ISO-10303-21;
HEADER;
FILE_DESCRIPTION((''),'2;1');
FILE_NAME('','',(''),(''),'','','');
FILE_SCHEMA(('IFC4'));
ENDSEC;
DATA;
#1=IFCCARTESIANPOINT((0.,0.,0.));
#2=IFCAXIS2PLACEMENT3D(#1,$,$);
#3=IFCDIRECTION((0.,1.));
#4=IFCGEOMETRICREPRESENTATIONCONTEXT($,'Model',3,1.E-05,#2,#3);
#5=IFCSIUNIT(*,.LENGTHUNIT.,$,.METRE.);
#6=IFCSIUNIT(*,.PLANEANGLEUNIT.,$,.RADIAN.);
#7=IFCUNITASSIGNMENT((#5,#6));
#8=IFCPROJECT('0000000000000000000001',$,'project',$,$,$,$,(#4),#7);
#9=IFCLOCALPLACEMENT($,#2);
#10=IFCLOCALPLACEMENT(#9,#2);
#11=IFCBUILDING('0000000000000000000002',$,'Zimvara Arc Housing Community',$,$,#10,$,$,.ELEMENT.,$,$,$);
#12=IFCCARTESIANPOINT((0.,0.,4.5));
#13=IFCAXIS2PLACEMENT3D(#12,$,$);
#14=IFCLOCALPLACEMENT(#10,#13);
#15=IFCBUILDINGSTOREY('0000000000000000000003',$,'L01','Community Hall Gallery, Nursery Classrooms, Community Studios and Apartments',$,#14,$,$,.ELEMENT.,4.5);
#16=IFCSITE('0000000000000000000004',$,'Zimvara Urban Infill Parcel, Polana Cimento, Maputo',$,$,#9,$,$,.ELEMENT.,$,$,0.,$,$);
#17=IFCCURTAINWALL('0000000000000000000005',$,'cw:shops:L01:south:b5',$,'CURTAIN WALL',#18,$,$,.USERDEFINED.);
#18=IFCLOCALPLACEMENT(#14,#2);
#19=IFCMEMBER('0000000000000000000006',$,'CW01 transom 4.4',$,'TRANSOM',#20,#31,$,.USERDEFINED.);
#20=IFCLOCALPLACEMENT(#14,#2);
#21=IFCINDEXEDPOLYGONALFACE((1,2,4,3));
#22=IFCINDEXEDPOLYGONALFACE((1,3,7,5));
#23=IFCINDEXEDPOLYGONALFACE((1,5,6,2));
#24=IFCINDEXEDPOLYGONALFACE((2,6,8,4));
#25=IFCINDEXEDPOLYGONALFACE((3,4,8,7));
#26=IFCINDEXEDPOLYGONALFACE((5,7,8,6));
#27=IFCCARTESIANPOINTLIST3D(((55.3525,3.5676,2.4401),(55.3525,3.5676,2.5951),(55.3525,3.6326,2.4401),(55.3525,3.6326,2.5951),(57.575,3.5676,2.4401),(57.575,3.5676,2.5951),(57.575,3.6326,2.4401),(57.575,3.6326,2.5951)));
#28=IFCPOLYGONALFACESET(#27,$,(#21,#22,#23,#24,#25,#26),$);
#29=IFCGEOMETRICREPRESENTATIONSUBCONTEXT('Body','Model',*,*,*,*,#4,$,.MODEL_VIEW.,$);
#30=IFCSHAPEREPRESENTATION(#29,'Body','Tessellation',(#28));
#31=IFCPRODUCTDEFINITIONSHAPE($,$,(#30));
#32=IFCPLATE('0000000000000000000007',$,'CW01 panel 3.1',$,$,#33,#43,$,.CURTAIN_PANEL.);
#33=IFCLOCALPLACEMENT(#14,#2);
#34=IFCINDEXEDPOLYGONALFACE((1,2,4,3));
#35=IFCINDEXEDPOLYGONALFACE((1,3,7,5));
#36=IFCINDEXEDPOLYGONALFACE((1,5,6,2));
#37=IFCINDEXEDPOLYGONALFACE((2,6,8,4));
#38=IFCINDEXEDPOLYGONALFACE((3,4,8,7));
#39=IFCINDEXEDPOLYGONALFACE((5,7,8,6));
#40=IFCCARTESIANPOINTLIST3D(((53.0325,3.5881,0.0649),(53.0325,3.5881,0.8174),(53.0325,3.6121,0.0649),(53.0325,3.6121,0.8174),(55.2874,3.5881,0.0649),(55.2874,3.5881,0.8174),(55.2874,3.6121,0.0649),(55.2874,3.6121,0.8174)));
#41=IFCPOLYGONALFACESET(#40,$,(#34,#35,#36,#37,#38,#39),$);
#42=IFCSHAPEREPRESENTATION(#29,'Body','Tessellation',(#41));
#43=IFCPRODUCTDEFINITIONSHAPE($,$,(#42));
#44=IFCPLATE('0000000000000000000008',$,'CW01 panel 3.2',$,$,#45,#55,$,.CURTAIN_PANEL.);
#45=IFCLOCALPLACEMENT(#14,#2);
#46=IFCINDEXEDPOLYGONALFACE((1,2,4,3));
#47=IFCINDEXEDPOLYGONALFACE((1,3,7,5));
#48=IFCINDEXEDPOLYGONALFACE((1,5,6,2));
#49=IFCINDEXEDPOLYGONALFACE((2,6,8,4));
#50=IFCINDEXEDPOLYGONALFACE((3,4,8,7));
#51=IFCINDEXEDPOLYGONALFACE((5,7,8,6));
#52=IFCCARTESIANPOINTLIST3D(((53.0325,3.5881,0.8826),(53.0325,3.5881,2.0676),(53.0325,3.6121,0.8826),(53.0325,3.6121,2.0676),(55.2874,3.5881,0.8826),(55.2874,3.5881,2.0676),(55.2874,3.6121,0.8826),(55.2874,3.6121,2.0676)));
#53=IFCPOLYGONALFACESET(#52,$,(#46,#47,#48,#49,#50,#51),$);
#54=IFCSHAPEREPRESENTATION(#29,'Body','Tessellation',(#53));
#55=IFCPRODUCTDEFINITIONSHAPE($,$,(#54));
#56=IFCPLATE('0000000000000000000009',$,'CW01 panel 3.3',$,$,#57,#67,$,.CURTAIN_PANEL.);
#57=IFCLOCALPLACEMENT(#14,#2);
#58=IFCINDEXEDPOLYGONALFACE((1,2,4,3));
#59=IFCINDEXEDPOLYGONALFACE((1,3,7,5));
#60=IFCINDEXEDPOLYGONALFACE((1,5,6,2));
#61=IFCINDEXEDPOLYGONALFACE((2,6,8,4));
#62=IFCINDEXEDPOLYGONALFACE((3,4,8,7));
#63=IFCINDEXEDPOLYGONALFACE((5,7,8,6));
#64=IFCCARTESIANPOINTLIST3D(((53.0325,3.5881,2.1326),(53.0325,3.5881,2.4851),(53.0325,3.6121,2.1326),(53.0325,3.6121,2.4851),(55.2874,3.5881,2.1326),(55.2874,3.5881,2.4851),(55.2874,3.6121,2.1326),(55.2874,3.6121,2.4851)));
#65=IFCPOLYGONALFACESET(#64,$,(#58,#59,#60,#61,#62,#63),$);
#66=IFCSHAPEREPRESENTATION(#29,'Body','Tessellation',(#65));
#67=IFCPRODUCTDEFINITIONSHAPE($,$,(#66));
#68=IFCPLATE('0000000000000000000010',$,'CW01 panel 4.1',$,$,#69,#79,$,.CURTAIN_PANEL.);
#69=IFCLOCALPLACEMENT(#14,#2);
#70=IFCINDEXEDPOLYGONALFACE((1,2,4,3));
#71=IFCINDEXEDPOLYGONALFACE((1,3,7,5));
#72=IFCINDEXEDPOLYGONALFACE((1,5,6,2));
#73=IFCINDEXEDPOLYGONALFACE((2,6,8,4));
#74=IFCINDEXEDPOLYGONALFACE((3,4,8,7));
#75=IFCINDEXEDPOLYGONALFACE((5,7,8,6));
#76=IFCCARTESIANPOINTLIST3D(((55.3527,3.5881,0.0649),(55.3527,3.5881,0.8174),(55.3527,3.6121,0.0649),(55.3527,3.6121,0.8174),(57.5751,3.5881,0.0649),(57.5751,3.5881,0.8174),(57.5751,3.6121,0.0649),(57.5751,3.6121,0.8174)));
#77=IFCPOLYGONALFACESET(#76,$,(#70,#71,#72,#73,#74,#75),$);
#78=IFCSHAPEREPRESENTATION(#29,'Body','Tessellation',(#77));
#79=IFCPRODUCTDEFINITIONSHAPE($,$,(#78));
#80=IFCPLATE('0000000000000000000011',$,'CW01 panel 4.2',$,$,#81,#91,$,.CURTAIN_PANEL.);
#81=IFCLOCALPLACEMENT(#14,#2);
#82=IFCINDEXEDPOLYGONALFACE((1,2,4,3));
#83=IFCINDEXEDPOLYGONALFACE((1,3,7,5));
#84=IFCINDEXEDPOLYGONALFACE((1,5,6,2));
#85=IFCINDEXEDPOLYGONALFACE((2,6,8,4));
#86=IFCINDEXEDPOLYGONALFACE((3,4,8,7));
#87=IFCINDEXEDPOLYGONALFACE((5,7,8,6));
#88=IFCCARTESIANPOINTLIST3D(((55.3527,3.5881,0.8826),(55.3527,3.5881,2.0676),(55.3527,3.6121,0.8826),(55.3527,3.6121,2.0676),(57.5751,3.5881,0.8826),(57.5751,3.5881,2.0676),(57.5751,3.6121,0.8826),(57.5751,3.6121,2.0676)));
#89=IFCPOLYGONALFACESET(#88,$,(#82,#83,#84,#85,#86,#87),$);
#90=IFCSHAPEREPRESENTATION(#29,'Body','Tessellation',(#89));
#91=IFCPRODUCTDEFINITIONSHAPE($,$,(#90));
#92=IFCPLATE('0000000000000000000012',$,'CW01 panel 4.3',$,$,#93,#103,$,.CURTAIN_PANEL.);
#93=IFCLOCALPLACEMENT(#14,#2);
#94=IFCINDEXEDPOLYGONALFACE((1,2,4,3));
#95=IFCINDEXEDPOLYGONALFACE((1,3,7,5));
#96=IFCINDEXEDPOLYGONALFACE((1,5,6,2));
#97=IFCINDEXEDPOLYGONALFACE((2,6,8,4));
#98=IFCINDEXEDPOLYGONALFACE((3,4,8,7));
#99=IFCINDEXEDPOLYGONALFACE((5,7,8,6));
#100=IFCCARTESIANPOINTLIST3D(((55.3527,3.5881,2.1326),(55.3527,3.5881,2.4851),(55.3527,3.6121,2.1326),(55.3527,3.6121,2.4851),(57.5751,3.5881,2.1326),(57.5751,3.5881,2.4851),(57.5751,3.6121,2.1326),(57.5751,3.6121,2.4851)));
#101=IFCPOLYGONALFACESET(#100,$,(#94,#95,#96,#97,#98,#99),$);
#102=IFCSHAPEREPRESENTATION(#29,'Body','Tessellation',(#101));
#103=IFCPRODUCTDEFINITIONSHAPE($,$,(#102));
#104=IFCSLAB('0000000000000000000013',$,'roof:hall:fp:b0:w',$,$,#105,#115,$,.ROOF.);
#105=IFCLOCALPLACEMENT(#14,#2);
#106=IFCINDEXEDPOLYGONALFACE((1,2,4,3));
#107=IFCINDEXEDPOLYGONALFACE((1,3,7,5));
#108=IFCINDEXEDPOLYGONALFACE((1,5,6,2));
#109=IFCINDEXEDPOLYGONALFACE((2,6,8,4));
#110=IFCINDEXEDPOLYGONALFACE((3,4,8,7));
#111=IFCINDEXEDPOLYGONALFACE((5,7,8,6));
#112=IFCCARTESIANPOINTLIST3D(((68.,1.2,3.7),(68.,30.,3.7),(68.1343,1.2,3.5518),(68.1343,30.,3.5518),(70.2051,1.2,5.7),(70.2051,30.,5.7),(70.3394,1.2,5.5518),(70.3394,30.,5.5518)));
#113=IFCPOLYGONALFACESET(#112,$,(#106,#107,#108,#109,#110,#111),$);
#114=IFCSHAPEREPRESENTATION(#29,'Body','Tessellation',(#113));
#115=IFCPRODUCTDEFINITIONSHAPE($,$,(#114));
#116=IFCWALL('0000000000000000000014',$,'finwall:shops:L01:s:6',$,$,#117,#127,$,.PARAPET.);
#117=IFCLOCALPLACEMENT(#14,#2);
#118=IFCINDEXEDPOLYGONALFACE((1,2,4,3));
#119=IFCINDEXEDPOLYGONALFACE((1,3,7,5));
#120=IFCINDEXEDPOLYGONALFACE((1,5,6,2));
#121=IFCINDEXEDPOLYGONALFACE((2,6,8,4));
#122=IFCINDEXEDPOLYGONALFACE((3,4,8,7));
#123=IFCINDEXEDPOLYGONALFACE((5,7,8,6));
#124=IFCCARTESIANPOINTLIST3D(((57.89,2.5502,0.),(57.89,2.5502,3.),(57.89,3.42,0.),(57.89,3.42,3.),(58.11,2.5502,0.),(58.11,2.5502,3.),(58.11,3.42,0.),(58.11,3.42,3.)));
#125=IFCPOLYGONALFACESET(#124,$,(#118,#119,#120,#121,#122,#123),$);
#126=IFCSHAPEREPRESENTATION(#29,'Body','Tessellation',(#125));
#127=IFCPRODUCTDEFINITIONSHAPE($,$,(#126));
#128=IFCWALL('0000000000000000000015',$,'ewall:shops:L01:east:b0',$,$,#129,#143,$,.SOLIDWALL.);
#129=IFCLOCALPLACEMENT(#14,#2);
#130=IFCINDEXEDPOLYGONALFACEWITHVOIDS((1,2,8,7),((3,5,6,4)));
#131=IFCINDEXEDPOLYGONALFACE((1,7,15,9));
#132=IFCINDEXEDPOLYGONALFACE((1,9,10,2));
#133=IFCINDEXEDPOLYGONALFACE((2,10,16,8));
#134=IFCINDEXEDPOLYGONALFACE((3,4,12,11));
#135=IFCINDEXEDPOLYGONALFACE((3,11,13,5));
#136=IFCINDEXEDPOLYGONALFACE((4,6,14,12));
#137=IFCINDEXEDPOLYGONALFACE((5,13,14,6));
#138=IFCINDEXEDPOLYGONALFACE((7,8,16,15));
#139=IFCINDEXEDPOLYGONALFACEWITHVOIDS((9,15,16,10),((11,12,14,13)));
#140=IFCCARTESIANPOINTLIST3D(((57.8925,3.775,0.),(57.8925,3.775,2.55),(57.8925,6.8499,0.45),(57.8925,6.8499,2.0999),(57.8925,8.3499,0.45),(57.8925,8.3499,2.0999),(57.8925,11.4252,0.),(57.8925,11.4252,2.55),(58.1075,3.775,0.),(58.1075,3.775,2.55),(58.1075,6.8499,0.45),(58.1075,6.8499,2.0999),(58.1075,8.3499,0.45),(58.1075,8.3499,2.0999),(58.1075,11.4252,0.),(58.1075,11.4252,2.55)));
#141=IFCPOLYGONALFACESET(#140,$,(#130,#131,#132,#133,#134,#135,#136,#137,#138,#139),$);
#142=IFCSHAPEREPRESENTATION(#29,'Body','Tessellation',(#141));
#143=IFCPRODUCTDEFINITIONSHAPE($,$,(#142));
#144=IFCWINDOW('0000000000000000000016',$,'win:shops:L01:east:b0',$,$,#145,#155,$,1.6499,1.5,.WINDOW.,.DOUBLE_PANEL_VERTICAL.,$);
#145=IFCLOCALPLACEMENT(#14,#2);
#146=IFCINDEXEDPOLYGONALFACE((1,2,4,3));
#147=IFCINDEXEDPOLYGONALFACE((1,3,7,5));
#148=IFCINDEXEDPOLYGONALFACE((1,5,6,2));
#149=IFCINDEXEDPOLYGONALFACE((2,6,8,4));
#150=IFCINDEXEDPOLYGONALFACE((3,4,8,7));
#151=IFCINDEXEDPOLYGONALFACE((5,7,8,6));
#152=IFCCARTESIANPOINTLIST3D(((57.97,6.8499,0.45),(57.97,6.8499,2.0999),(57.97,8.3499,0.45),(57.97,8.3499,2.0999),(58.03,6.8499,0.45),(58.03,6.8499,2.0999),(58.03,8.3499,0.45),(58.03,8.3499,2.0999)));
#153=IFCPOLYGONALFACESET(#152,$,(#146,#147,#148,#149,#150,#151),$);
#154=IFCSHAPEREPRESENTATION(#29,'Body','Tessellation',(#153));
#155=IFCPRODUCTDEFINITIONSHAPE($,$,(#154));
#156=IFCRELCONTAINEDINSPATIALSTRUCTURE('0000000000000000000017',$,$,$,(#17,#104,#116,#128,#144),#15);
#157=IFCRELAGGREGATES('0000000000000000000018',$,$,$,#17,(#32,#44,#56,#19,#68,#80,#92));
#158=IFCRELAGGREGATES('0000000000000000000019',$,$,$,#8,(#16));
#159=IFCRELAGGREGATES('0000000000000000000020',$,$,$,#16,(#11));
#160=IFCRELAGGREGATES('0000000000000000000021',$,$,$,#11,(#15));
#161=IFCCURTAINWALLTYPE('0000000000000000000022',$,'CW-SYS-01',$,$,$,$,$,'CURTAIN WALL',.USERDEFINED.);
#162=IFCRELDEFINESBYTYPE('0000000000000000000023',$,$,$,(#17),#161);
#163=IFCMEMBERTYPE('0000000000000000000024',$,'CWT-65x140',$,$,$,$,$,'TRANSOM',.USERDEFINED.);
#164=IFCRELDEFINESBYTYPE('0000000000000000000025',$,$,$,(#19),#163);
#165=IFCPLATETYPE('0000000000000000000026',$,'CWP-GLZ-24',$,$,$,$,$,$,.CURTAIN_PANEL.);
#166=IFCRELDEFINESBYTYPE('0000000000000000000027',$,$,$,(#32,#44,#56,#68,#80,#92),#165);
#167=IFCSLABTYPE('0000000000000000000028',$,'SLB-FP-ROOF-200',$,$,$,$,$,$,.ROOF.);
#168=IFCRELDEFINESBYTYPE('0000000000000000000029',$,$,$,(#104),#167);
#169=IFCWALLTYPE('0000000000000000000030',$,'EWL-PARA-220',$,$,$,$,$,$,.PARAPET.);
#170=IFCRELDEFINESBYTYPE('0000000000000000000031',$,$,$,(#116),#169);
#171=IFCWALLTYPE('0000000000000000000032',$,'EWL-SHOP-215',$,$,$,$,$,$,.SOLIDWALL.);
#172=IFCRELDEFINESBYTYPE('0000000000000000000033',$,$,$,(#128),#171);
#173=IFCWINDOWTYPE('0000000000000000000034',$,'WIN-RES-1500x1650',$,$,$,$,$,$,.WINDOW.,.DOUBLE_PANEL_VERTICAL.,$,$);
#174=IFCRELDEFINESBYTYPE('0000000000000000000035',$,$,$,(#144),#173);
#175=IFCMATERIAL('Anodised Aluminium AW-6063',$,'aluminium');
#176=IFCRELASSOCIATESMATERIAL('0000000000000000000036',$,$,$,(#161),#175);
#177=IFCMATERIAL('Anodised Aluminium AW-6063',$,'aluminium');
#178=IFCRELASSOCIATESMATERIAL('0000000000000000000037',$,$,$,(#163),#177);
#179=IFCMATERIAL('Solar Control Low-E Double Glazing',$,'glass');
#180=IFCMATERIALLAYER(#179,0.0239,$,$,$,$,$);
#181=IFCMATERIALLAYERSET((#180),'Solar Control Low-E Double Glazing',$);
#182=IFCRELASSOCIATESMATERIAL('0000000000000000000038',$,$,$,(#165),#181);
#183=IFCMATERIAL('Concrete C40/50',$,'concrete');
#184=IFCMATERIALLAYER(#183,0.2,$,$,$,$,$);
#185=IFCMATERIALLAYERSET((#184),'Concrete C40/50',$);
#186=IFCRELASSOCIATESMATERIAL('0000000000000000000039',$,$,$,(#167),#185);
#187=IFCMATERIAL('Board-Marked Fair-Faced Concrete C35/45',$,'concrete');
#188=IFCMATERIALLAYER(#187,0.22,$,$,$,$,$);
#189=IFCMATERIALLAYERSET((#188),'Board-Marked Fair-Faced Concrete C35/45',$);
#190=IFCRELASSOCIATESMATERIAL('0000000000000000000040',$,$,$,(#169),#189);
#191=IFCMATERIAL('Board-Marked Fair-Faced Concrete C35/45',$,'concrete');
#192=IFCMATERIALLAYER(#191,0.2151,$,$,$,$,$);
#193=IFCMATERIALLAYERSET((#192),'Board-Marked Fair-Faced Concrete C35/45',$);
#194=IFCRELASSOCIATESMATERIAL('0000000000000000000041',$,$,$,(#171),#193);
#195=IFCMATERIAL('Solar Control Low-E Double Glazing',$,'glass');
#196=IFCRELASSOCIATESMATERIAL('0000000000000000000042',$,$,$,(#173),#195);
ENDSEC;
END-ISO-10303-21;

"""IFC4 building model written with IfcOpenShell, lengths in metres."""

from ifc_helpers import new_model, si_unit, direction, frame, frame_2d, origin, origin_2d, place, context, subcontext, project, spatial, polyline, rectangle, outline, extrude, material, layer, layer_set, material_profile, profile_set, type_object, element, fill, aggregate, save


model = new_model("IFC4")

# Units and contexts
model_context = context("Model", 3, precision=1e-05, world=origin(), true_north=direction((0.0, 1.0)))
body_context = subcontext(model_context, "Body", "Model", "MODEL_VIEW")
ifc_project = project(units=[si_unit("LENGTHUNIT", "METRE"), si_unit("PLANEANGLEUNIT", "RADIAN")], contexts=[model_context])

# Site, building, storey
site_placement = place(None, origin())
site = spatial("IfcSite", under=ifc_project, at=site_placement, Name="Zimvara Urban Infill Parcel, Polana Cimento, Maputo", CompositionType="ELEMENT", RefElevation=0.0)
building_placement = place(site_placement, origin())
building = spatial("IfcBuilding", under=site, at=building_placement, Name="Zimvara Arc Housing Community", CompositionType="ELEMENT")
storey_placement = place(building_placement, frame((0.0, 0.0, 4.5)))
storey = spatial("IfcBuildingStorey", under=building, at=storey_placement, Name="L01", Description="Community Hall Gallery, Nursery Classrooms, Community Studios and Apartments", CompositionType="ELEMENT", Elevation=4.5)

# Curtain wall, member, plates
ifc_material_1 = material(Name="Anodised Aluminium AW-6063", Category="aluminium")
curtain_wall_type = type_object("IfcCurtainWallType", Name="CW-SYS-01", ElementType="CURTAIN WALL", PredefinedType="USERDEFINED", material=ifc_material_1)
curtain_wall_placement = place(storey_placement, origin())
curtain_wall = element("IfcCurtainWall", 1, at=curtain_wall_placement, inside=storey, type_object=curtain_wall_type, Name="cw:shops:L01:south:b5", ObjectType="CURTAIN WALL", PredefinedType="USERDEFINED")
ifc_material_2 = material(Name="Anodised Aluminium AW-6063", Category="aluminium")
ifc_material_profile_1 = material_profile(ifc_material_2, rectangle(XDim=0.0649, YDim=0.155, at=origin_2d()), Name="ALU 65x155")
ifc_profile_set_1 = profile_set([ifc_material_profile_1], Name="Anodised Aluminium AW-6063")
member_type_1 = type_object("IfcMemberType", Name="CWT-65x140", ElementType="TRANSOM", PredefinedType="USERDEFINED", material=ifc_profile_set_1)
member_1_placement = place(storey_placement, frame((55.3525, 3.6001, 2.5176), z_axis=(1.0, 0.0, 0.0), x_axis=(0.0, 1.0, 0.0)))
member_1 = element("IfcMember", 2, at=member_1_placement, type_object=member_type_1, Name="CW01 transom 4.4", ObjectType="TRANSOM", PredefinedType="USERDEFINED", context=body_context, shape_type="SweptSolid", body=[
    extrude(rectangle(XDim=0.0649, YDim=0.155, at=origin_2d()), origin(), (0.0, 0.0, 1.0), 2.2224),
])
ifc_material_3 = material(Name="Solar Control Low-E Double Glazing", Category="glass")
ifc_layer_1 = layer(ifc_material_3, 0.0239)
ifc_layer_set_1 = layer_set([ifc_layer_1], Name="Solar Control Low-E Double Glazing")
plate_type = type_object("IfcPlateType", Name="CWP-GLZ-24", PredefinedType="CURTAIN_PANEL", material=ifc_layer_set_1)
plate_1_placement = place(storey_placement, frame((54.1599, 3.6001, 0.0649), z_axis=(0.0, 0.0, 1.0), x_axis=(1.0, 0.0, 0.0)))
plate_1 = element("IfcPlate", 3, at=plate_1_placement, type_object=plate_type, Name="CW01 panel 3.1", PredefinedType="CURTAIN_PANEL", context=body_context, shape_type="SweptSolid", body=[
    extrude(rectangle(XDim=2.2549, YDim=0.0239, at=origin_2d()), origin(), (0.0, 0.0, 1.0), 0.7524),
])
plate_2_placement = place(storey_placement, frame((54.1599, 3.6001, 0.8826), z_axis=(0.0, 0.0, 1.0), x_axis=(1.0, 0.0, 0.0)))
plate_2 = element("IfcPlate", 4, at=plate_2_placement, type_object=plate_type, Name="CW01 panel 3.2", PredefinedType="CURTAIN_PANEL", context=body_context, shape_type="SweptSolid", body=[
    extrude(rectangle(XDim=2.2549, YDim=0.0239, at=origin_2d()), origin(), (0.0, 0.0, 1.0), 1.1851),
])
plate_3_placement = place(storey_placement, frame((54.1599, 3.6001, 2.1326), z_axis=(0.0, 0.0, 1.0), x_axis=(1.0, 0.0, 0.0)))
plate_3 = element("IfcPlate", 5, at=plate_3_placement, type_object=plate_type, Name="CW01 panel 3.3", PredefinedType="CURTAIN_PANEL", context=body_context, shape_type="SweptSolid", body=[
    extrude(rectangle(XDim=2.2549, YDim=0.0239, at=origin_2d()), origin(), (0.0, 0.0, 1.0), 0.3525),
])
plate_4_placement = place(storey_placement, frame((56.4639, 3.6001, 0.0649), z_axis=(0.0, 0.0, 1.0), x_axis=(1.0, 0.0, 0.0)))
plate_4 = element("IfcPlate", 6, at=plate_4_placement, type_object=plate_type, Name="CW01 panel 4.1", PredefinedType="CURTAIN_PANEL", context=body_context, shape_type="SweptSolid", body=[
    extrude(rectangle(XDim=2.2224, YDim=0.0239, at=origin_2d()), origin(), (0.0, 0.0, 1.0), 0.7524),
])
plate_5_placement = place(storey_placement, frame((56.4639, 3.6001, 0.8826), z_axis=(0.0, 0.0, 1.0), x_axis=(1.0, 0.0, 0.0)))
plate_5 = element("IfcPlate", 7, at=plate_5_placement, type_object=plate_type, Name="CW01 panel 4.2", PredefinedType="CURTAIN_PANEL", context=body_context, shape_type="SweptSolid", body=[
    extrude(rectangle(XDim=2.2224, YDim=0.0239, at=origin_2d()), origin(), (0.0, 0.0, 1.0), 1.1851),
])
plate_6_placement = place(storey_placement, frame((56.4639, 3.6001, 2.1326), z_axis=(0.0, 0.0, 1.0), x_axis=(1.0, 0.0, 0.0)))
plate_6 = element("IfcPlate", 8, at=plate_6_placement, type_object=plate_type, Name="CW01 panel 4.3", PredefinedType="CURTAIN_PANEL", context=body_context, shape_type="SweptSolid", body=[
    extrude(rectangle(XDim=2.2224, YDim=0.0239, at=origin_2d()), origin(), (0.0, 0.0, 1.0), 0.3525),
])
aggregate(curtain_wall, [plate_1, plate_2, plate_3, member_1, plate_4, plate_5, plate_6])

# Slab
ifc_material_4 = material(Name="Concrete C40/50", Category="concrete")
ifc_layer_2 = layer(ifc_material_4, 0.2)
ifc_layer_set_2 = layer_set([ifc_layer_2], Name="Concrete C40/50")
slab_type = type_object("IfcSlabType", Name="SLB-FP-ROOF-200", PredefinedType="ROOF", material=ifc_layer_set_2)
slab_placement = place(storey_placement, frame((68.0, 1.2, 3.7), z_axis=(-0.671823, 0.0, 0.740711), x_axis=(0.740711, 0.0, 0.671823)))
element("IfcSlab", 9, at=slab_placement, inside=storey, type_object=slab_type, Name="roof:hall:fp:b0:w", PredefinedType="ROOF", context=body_context, shape_type="SweptSolid", body=[
    extrude(outline(polyline([(0.0, 0.0), (2.977, 0.0), (2.977, 28.8), (0.0, 28.8), (0.0, 0.0)])), origin(), (0.0, 0.0, -1.0), 0.2),
])

# Wall
ifc_material_5 = material(Name="Board-Marked Fair-Faced Concrete C35/45", Category="concrete")
ifc_layer_3 = layer(ifc_material_5, 0.22)
ifc_layer_set_3 = layer_set([ifc_layer_3], Name="Board-Marked Fair-Faced Concrete C35/45")
wall_type_1 = type_object("IfcWallType", Name="EWL-PARA-220", PredefinedType="PARAPET", material=ifc_layer_set_3)
wall_1_placement = place(storey_placement, frame((58.0, 2.55, 0.0), z_axis=(0.0, 0.0, 1.0), x_axis=(0.0, 1.0, 0.0)))
element("IfcWall", 10, at=wall_1_placement, inside=storey, type_object=wall_type_1, Name="finwall:shops:L01:s:6", PredefinedType="PARAPET", context=body_context, shape_type="SweptSolid", body=[
    extrude(rectangle(XDim=0.8699, YDim=0.22, at=frame_2d((0.4351, 0.0))), origin(), (0.0, 0.0, 1.0), 3.0),
])

# Wall, opening, window
ifc_material_6 = material(Name="Board-Marked Fair-Faced Concrete C35/45", Category="concrete")
ifc_layer_4 = layer(ifc_material_6, 0.2151)
ifc_layer_set_4 = layer_set([ifc_layer_4], Name="Board-Marked Fair-Faced Concrete C35/45")
wall_type_2 = type_object("IfcWallType", Name="EWL-SHOP-215", PredefinedType="SOLIDWALL", material=ifc_layer_set_4)
wall_2_placement = place(storey_placement, frame((58.0, 3.7749, 0.0), z_axis=(0.0, 0.0, 1.0), x_axis=(0.0, 1.0, 0.0)))
wall_2 = element("IfcWall", 11, at=wall_2_placement, inside=storey, type_object=wall_type_2, Name="ewall:shops:L01:east:b0", PredefinedType="SOLIDWALL", context=body_context, shape_type="SweptSolid", body=[
    extrude(rectangle(XDim=7.6501, YDim=0.2151, at=frame_2d((3.8252, 0.0))), origin(), (0.0, 0.0, 1.0), 2.55),
])
opening_1_placement = place(wall_2_placement, frame((3.075, 0.0, 0.45)))
opening_1 = element("IfcOpeningElement", 12, at=opening_1_placement, cuts=wall_2, PredefinedType="OPENING", context=body_context, shape_type="SweptSolid", body=[
    extrude(rectangle(XDim=1.5, YDim=1.6499, at=frame_2d((0.75, 0.825))), frame((0.0, 0.1174, 0.0), z_axis=(0.0, -1.0, 0.0), x_axis=(1.0, 0.0, 0.0)), (0.0, 0.0, 1.0), 0.2351),
])
ifc_material_7 = material(Name="Solar Control Low-E Double Glazing", Category="glass")
window_type = type_object("IfcWindowType", Name="WIN-RES-1500x1650", PartitioningType="DOUBLE_PANEL_VERTICAL", PredefinedType="WINDOW", material=ifc_material_7)
window_1_placement = place(opening_1_placement, origin())
window_1 = element("IfcWindow", 13, at=window_1_placement, inside=storey, type_object=window_type, Name="win:shops:L01:east:b0", OverallHeight=1.6499, OverallWidth=1.5, PartitioningType="DOUBLE_PANEL_VERTICAL", PredefinedType="WINDOW", context=body_context, shape_type="SweptSolid", body=[
    extrude(rectangle(XDim=1.5, YDim=1.6499, at=frame_2d((0.75, 0.825))), frame((0.0, 0.03, 0.0), z_axis=(0.0, -1.0, 0.0), x_axis=(1.0, 0.0, 0.0)), (0.0, 0.0, 1.0), 0.0601),
])
fill(opening_1, window_1)

save(model, "model.ifc")
